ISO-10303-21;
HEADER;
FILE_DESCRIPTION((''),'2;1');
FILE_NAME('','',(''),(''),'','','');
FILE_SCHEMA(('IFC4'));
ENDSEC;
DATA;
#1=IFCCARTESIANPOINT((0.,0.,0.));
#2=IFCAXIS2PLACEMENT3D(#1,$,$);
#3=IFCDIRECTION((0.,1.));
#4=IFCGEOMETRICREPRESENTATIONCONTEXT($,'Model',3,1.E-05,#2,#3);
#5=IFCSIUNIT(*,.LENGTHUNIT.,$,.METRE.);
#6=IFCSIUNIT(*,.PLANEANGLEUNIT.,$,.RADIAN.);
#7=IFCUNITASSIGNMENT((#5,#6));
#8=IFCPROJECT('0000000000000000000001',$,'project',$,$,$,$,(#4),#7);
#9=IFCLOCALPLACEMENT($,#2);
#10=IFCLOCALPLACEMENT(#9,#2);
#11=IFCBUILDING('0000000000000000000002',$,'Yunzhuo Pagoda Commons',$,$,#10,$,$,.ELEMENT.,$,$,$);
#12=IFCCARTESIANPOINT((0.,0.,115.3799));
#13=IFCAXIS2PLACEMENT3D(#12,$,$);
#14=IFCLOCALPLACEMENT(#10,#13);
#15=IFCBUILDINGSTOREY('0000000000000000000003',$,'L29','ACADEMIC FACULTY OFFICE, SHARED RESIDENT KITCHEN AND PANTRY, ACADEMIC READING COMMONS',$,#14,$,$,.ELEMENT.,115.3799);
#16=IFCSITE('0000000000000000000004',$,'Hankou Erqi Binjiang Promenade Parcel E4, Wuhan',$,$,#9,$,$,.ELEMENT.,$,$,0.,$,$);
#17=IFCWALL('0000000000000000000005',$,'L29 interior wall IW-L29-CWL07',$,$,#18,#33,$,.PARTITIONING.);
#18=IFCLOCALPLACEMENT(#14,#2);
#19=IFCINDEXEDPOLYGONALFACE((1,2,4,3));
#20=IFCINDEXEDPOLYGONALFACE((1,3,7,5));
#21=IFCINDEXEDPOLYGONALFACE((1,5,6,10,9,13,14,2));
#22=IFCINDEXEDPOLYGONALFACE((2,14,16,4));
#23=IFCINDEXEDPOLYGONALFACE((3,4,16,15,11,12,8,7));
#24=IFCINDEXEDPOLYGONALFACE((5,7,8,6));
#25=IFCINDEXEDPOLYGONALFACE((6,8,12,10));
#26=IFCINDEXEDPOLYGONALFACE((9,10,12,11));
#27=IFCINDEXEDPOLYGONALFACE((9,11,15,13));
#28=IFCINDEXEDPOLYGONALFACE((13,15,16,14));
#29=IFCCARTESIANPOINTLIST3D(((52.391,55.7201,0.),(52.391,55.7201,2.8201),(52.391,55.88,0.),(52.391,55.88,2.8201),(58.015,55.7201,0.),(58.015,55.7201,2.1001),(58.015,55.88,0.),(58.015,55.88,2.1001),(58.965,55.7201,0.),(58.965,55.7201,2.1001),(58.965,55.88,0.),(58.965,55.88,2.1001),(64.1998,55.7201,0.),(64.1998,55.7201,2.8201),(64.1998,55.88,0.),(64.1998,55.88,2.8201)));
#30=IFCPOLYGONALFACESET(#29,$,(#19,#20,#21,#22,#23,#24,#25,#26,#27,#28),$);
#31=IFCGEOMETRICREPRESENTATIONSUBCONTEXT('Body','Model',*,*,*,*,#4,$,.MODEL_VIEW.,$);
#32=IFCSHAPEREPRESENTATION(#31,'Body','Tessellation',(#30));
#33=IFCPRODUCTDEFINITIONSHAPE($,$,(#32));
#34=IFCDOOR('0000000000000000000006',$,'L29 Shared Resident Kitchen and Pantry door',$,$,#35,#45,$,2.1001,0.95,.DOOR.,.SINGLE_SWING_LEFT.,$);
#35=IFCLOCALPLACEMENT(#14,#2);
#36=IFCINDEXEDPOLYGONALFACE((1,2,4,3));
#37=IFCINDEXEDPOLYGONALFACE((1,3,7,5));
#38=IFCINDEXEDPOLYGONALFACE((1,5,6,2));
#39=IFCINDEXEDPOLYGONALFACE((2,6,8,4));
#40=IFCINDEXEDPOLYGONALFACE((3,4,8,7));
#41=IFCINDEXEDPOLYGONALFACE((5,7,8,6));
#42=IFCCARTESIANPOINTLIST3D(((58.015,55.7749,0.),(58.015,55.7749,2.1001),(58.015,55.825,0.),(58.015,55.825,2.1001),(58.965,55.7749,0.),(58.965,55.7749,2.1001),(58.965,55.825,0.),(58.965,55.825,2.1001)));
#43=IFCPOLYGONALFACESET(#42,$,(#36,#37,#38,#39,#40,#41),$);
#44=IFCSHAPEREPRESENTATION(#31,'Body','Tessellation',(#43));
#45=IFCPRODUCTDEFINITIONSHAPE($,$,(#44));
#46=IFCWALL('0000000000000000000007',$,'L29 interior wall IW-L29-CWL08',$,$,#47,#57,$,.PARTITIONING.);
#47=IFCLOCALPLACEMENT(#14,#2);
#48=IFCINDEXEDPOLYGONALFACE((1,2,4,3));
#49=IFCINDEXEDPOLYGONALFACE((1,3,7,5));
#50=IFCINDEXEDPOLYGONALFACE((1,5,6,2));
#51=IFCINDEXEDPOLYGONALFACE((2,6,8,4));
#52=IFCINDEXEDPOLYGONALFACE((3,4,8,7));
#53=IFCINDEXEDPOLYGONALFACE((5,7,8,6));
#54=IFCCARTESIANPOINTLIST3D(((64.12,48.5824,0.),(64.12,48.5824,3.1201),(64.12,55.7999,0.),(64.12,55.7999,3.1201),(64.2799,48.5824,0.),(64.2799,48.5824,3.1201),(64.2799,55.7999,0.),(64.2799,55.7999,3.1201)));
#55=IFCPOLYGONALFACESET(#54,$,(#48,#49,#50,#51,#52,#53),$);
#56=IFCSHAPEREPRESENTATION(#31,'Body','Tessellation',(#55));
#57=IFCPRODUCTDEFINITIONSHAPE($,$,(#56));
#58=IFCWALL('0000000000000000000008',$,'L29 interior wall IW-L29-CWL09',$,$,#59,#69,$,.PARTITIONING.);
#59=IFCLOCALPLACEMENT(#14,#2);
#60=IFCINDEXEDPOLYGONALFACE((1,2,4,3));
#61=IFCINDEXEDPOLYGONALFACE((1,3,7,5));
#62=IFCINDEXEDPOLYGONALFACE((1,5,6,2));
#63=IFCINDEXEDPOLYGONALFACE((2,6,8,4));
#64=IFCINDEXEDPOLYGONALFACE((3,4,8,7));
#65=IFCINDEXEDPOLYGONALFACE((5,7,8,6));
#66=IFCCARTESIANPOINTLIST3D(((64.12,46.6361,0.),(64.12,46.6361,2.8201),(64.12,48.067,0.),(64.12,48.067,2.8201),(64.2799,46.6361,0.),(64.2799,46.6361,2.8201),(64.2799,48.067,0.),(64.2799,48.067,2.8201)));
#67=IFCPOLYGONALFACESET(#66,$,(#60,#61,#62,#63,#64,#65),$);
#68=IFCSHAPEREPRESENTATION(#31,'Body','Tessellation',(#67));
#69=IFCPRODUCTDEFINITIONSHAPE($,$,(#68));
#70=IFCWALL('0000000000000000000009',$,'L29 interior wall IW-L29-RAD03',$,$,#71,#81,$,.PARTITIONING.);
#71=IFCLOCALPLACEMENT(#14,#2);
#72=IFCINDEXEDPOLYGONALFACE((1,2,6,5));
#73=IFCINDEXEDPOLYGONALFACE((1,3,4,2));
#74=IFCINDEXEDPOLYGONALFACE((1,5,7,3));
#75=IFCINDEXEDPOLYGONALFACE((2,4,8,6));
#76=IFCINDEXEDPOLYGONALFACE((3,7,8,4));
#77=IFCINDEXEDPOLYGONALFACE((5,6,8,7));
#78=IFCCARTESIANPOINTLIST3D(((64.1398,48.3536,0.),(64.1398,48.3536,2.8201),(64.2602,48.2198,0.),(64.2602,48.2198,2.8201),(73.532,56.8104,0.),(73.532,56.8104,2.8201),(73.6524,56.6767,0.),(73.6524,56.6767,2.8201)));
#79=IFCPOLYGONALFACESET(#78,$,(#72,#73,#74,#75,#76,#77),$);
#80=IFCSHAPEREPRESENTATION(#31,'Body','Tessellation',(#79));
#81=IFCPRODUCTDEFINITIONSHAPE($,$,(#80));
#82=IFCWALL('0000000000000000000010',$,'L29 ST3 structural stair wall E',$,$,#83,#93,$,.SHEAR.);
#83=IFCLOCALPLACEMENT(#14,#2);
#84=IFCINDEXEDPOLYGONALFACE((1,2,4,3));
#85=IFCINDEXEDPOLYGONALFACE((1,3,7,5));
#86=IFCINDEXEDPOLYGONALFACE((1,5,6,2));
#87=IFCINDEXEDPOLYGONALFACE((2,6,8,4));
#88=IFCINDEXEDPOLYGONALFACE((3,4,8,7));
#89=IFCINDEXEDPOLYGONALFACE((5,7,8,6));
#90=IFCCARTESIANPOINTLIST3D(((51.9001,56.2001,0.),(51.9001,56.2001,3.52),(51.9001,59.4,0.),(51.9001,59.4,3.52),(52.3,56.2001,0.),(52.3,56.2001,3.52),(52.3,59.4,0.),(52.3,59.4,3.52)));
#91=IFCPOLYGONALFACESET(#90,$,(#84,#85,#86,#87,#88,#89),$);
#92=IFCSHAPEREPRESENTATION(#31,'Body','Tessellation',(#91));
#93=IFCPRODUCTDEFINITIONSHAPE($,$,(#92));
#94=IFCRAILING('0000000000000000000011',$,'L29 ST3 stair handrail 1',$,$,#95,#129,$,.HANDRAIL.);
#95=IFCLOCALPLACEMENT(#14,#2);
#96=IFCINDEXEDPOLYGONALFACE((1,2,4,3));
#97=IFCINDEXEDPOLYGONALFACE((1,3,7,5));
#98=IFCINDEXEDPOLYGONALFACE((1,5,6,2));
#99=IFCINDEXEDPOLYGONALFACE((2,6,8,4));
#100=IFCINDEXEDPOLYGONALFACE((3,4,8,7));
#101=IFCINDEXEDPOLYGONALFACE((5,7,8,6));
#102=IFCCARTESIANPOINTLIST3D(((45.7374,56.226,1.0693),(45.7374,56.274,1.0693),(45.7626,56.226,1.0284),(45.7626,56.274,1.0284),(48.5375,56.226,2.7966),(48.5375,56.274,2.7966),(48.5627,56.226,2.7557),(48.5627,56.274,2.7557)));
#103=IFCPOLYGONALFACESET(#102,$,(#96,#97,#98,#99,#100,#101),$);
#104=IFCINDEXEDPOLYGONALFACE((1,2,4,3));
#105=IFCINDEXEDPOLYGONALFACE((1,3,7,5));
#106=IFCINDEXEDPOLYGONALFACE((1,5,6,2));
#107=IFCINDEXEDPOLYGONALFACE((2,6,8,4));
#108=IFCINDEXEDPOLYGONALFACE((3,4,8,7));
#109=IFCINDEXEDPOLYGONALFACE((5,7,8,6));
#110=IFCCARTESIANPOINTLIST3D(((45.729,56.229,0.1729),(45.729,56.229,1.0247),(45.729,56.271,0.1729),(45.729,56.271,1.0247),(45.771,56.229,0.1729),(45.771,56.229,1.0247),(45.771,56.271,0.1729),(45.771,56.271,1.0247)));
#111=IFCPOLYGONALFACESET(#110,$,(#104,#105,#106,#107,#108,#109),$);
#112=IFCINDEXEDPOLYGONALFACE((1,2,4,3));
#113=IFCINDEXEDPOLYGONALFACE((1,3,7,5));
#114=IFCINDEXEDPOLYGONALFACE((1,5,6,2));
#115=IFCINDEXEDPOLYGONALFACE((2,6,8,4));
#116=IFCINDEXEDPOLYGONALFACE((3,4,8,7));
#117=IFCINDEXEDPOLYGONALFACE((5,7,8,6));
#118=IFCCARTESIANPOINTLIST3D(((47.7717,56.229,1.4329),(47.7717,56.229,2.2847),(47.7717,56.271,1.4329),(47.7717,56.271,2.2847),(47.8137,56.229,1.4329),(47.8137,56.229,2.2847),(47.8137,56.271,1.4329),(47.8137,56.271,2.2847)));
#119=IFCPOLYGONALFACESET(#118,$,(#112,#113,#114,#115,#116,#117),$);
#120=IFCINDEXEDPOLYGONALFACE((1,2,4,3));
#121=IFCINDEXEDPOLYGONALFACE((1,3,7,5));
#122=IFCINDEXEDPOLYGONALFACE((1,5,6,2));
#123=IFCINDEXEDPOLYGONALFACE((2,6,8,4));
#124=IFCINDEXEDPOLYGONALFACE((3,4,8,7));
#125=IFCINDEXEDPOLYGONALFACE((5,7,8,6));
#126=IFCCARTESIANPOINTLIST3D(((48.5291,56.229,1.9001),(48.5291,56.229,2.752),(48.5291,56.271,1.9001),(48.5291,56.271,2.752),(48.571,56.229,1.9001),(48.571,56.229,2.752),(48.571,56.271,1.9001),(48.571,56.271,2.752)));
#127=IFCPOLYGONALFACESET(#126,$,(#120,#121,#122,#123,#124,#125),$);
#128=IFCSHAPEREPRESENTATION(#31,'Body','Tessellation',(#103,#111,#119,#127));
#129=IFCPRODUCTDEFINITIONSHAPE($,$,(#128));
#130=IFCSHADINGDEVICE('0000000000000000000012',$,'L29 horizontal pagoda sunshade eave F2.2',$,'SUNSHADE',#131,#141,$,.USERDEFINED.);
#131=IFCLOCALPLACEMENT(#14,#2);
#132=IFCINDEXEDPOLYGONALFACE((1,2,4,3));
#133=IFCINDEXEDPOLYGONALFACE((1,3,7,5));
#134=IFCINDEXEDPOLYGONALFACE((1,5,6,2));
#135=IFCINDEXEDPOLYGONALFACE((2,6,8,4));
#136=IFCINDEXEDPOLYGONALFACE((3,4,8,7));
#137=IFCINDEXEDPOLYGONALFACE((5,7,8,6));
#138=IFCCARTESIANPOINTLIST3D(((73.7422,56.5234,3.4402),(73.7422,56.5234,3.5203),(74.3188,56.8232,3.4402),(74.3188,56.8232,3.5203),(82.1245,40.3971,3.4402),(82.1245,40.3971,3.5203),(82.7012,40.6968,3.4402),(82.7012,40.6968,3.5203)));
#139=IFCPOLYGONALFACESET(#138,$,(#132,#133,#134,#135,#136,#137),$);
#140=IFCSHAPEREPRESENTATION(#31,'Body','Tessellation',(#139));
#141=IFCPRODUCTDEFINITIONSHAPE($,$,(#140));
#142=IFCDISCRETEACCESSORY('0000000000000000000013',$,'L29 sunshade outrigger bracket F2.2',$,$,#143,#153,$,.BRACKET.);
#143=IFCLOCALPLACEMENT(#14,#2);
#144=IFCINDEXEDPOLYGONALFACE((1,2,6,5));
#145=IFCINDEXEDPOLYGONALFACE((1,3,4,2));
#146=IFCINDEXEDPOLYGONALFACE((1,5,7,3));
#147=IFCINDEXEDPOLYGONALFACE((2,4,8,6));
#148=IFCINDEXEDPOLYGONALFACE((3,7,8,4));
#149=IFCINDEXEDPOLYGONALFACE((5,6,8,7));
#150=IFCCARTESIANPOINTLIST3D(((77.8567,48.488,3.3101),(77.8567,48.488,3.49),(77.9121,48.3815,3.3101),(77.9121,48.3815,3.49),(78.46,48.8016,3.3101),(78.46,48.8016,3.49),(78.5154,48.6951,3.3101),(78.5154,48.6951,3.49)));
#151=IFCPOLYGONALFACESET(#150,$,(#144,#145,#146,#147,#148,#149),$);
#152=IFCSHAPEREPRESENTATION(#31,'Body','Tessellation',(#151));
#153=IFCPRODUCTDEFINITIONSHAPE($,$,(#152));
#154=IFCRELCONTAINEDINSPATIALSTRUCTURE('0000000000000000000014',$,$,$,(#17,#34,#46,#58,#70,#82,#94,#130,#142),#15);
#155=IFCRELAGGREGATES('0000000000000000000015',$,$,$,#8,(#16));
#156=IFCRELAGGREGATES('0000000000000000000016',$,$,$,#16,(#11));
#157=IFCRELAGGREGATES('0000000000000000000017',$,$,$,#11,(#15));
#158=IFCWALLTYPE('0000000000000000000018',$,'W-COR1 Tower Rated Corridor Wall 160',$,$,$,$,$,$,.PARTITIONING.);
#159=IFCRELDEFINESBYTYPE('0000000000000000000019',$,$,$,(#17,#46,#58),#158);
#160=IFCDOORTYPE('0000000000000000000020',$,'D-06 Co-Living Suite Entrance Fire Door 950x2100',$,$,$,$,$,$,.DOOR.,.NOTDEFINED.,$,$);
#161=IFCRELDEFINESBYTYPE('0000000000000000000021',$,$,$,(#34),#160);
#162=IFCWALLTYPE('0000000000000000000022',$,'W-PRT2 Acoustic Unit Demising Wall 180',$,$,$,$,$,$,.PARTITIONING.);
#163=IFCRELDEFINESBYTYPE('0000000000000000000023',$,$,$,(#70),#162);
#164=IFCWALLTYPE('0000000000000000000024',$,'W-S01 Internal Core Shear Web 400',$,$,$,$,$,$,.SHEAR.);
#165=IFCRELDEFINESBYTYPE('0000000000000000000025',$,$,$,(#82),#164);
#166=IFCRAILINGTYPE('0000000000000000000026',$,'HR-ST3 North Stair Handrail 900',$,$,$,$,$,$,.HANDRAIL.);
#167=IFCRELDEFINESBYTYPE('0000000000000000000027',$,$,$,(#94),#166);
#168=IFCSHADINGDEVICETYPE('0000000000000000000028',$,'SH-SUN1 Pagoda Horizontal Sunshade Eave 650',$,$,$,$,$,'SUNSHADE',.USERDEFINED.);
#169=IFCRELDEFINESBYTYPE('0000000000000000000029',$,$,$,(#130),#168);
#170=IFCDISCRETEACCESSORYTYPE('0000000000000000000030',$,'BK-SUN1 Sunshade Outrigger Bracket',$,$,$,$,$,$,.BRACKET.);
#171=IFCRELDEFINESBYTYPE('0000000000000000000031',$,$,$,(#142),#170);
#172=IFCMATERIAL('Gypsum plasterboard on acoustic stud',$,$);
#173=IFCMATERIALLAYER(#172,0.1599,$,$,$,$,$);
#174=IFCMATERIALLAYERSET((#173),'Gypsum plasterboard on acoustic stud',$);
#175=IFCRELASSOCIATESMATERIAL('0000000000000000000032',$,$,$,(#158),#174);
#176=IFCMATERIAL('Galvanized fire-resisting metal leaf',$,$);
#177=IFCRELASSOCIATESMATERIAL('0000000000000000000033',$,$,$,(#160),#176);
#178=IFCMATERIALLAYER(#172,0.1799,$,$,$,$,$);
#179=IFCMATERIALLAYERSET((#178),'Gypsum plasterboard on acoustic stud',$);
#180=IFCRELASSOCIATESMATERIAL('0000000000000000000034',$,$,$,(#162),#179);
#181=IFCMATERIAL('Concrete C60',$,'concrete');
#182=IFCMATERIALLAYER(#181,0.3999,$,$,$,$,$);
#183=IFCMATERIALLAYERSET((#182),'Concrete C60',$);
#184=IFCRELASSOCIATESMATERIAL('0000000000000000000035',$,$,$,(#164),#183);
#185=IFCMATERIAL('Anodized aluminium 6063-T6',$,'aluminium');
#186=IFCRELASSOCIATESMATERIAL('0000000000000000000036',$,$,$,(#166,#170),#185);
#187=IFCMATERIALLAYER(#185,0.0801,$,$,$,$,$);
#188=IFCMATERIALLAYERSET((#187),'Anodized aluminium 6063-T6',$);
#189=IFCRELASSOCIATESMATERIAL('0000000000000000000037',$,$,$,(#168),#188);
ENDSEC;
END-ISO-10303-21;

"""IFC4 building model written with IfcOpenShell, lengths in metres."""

from ifc_helpers import new_model, si_unit, direction, frame, frame_2d, origin, origin_with_axes, origin_2d, place, context, subcontext, project, spatial, rectangle, extrude, source, transform, mapped, material, layer, layer_set, type_object, element, fill, save


model = new_model("IFC4")

# Units and contexts
model_context = context("Model", 3, precision=1e-05, world=origin(), true_north=direction((0.0, 1.0)))
body_context = subcontext(model_context, "Body", "Model", "MODEL_VIEW")
ifc_project = project(units=[si_unit("LENGTHUNIT", "METRE"), si_unit("PLANEANGLEUNIT", "RADIAN")], contexts=[model_context])

# Site, building, storey
site_placement = place(None, origin())
site = spatial("IfcSite", under=ifc_project, at=site_placement, Name="Hankou Erqi Binjiang Promenade Parcel E4, Wuhan", CompositionType="ELEMENT", RefElevation=0.0)
building_placement = place(site_placement, origin())
building = spatial("IfcBuilding", under=site, at=building_placement, Name="Yunzhuo Pagoda Commons", CompositionType="ELEMENT")
storey_placement = place(building_placement, frame((0.0, 0.0, 115.3799)))
storey = spatial("IfcBuildingStorey", under=building, at=storey_placement, Name="L29", Description="ACADEMIC FACULTY OFFICE, SHARED RESIDENT KITCHEN AND PANTRY, ACADEMIC READING COMMONS", CompositionType="ELEMENT", Elevation=115.3799)

# Shared definitions
ifc_material_1 = material(Name="Anodized aluminium 6063-T6", Category="aluminium")

# Shared definitions
ifc_material_2 = material(Name="Gypsum plasterboard on acoustic stud")
ifc_layer_1 = layer(ifc_material_2, 0.1599)
ifc_layer_set_1 = layer_set([ifc_layer_1], Name="Gypsum plasterboard on acoustic stud")
wall_type_1 = type_object("IfcWallType", Name="W-COR1 Tower Rated Corridor Wall 160", PredefinedType="PARTITIONING", material=ifc_layer_set_1)

# Wall, opening, door
wall_1_placement = place(storey_placement, frame((52.3911, 55.8, 0.0), z_axis=(0.0, 0.0, 1.0), x_axis=(1.0, 0.0, 0.0)))
wall_1 = element("IfcWall", 1, at=wall_1_placement, inside=storey, type_object=wall_type_1, Name="L29 interior wall IW-L29-CWL07", PredefinedType="PARTITIONING", context=body_context, shape_type="SweptSolid", body=[
    extrude(rectangle(XDim=11.8088, YDim=0.1599, at=frame_2d((5.9043, 0.0))), origin(), (0.0, 0.0, 1.0), 2.8201),
])
opening_placement = place(wall_1_placement, frame((5.6238, 0.0, 0.0)))
opening = element("IfcOpeningElement", 2, at=opening_placement, cuts=wall_1, PredefinedType="OPENING", context=body_context, shape_type="SweptSolid", body=[
    extrude(rectangle(XDim=0.95, YDim=2.1001, at=frame_2d((0.4751, 1.05))), frame((0.0, 0.0898, 0.0), z_axis=(0.0, -1.0, 0.0), x_axis=(1.0, 0.0, 0.0)), (0.0, 0.0, 1.0), 0.1799),
])
ifc_material_3 = material(Name="Galvanized fire-resisting metal leaf")
door_type = type_object("IfcDoorType", Name="D-06 Co-Living Suite Entrance Fire Door 950x2100", OperationType="NOTDEFINED", PredefinedType="DOOR", material=ifc_material_3)
shared_shape_1 = source(origin(), body_context, "Body", "SweptSolid", [
    extrude(rectangle(XDim=0.95, YDim=2.1001, at=frame_2d((0.4751, 1.05))), frame((0.0, 0.0249, 0.0), z_axis=(0.0, -1.0, 0.0), x_axis=(1.0, 0.0, 0.0)), (0.0, 0.0, 1.0), 0.05),
])
door_placement = place(opening_placement, origin_with_axes())
door = element("IfcDoor", 3, at=door_placement, inside=storey, type_object=door_type, Name="L29 Shared Resident Kitchen and Pantry door", OperationType="SINGLE_SWING_LEFT", OverallHeight=2.1001, OverallWidth=0.95, PredefinedType="DOOR", context=body_context, shape_type="MappedRepresentation", body=[
    mapped(shared_shape_1, transform((0.0, 0.0, 0.0), scale=1.0)),
])
fill(opening, door)

# Walls
wall_2_placement = place(storey_placement, frame((64.2, 55.8, 0.0), z_axis=(0.0, 0.0, 1.0), x_axis=(0.0, -1.0, 0.0)))
element("IfcWall", 4, at=wall_2_placement, inside=storey, type_object=wall_type_1, Name="L29 interior wall IW-L29-CWL08", PredefinedType="PARTITIONING", context=body_context, shape_type="SweptSolid", body=[
    extrude(rectangle(XDim=7.2175, YDim=0.1599, at=frame_2d((3.6089, 0.0))), origin(), (0.0, 0.0, 1.0), 3.1201),
])
wall_3_placement = place(storey_placement, frame((64.2, 48.0669, 0.0), z_axis=(0.0, 0.0, 1.0), x_axis=(0.0, -1.0, 0.0)))
element("IfcWall", 5, at=wall_3_placement, inside=storey, type_object=wall_type_1, Name="L29 interior wall IW-L29-CWL09", PredefinedType="PARTITIONING", context=body_context, shape_type="SweptSolid", body=[
    extrude(rectangle(XDim=1.4309, YDim=0.1599, at=frame_2d((0.7153, 0.0))), origin(), (0.0, 0.0, 1.0), 2.8201),
])
ifc_layer_2 = layer(ifc_material_2, 0.1799)
ifc_layer_set_2 = layer_set([ifc_layer_2], Name="Gypsum plasterboard on acoustic stud")
wall_type_2 = type_object("IfcWallType", Name="W-PRT2 Acoustic Unit Demising Wall 180", PredefinedType="PARTITIONING", material=ifc_layer_set_2)
wall_4_placement = place(storey_placement, frame((64.2, 48.2866, 0.0), z_axis=(0.0, 0.0, 1.0), x_axis=(0.74314, 0.669135, 0.0)))
element("IfcWall", 6, at=wall_4_placement, inside=storey, type_object=wall_type_2, Name="L29 interior wall IW-L29-RAD03", PredefinedType="PARTITIONING", context=body_context, shape_type="SweptSolid", body=[
    extrude(rectangle(XDim=12.6384, YDim=0.1799, at=frame_2d((6.3193, 0.0))), origin(), (0.0, 0.0, 1.0), 2.8201),
])
ifc_material_4 = material(Name="Concrete C60", Category="concrete")
ifc_layer_3 = layer(ifc_material_4, 0.3999)
ifc_layer_set_3 = layer_set([ifc_layer_3], Name="Concrete C60")
wall_type_3 = type_object("IfcWallType", Name="W-S01 Internal Core Shear Web 400", PredefinedType="SHEAR", material=ifc_layer_set_3)
wall_5_placement = place(storey_placement, frame((52.1001, 56.2, 0.0), z_axis=(0.0, 0.0, 1.0), x_axis=(0.0, 1.0, 0.0)))
element("IfcWall", 7, at=wall_5_placement, inside=storey, type_object=wall_type_3, Name="L29 ST3 structural stair wall E", PredefinedType="SHEAR", context=body_context, shape_type="SweptSolid", body=[
    extrude(rectangle(XDim=3.2, YDim=0.3999, at=frame_2d((1.6001, 0.0))), origin(), (0.0, 0.0, 1.0), 3.52),
])

# Railing
railing_type = type_object("IfcRailingType", Name="HR-ST3 North Stair Handrail 900", PredefinedType="HANDRAIL", material=ifc_material_1)
railing_placement = place(storey_placement, frame((45.75, 56.25, 0.1729)))
element("IfcRailing", 8, at=railing_placement, inside=storey, type_object=railing_type, Name="L29 ST3 stair handrail 1", PredefinedType="HANDRAIL", context=body_context, shape_type="SweptSolid", body=[
    extrude(rectangle(XDim=0.0481, YDim=0.0481, at=origin_2d()), frame((0.0, 0.0, 0.876), z_axis=(0.85109, 0.0, 0.52502), x_axis=(0.0, 1.0, 0.0)), (0.0, 0.0, 1.0), 3.29),
    extrude(rectangle(XDim=0.042, YDim=0.042, at=origin_2d()), origin(), (0.0, 0.0, 1.0), 0.8518),
    extrude(rectangle(XDim=0.042, YDim=0.042, at=origin_2d()), frame((2.0427, 0.0, 1.26)), (0.0, 0.0, 1.0), 0.8518),
    extrude(rectangle(XDim=0.042, YDim=0.042, at=origin_2d()), frame((2.8, 0.0, 1.7273)), (0.0, 0.0, 1.0), 0.8518),
])

# Shading device
ifc_layer_4 = layer(ifc_material_1, 0.0801)
ifc_layer_set_4 = layer_set([ifc_layer_4], Name="Anodized aluminium 6063-T6")
shading_device_type = type_object("IfcShadingDeviceType", Name="SH-SUN1 Pagoda Horizontal Sunshade Eave 650", ElementType="SUNSHADE", PredefinedType="USERDEFINED", material=ifc_layer_set_4)
shared_shape_2 = source(origin(), body_context, "Body", "SweptSolid", [
    extrude(rectangle(XDim=18.1748, YDim=0.6499, at=origin_2d()), origin(), (0.0, 0.0, 1.0), 0.0801),
])
shading_device_placement = place(storey_placement, frame((78.2217, 48.6101, 3.4402), z_axis=(0.0, 0.0, 1.0), x_axis=(-0.461207, 0.887293, 0.0)))
element("IfcShadingDevice", 9, at=shading_device_placement, inside=storey, type_object=shading_device_type, Name="L29 horizontal pagoda sunshade eave F2.2", ObjectType="SUNSHADE", PredefinedType="USERDEFINED", context=body_context, shape_type="MappedRepresentation", body=[
    mapped(shared_shape_2, transform((0.0, 0.0, 0.0), scale=1.0)),
])

# Discrete accessory
discrete_accessory_type = type_object("IfcDiscreteAccessoryType", Name="BK-SUN1 Sunshade Outrigger Bracket", PredefinedType="BRACKET", material=ifc_material_1)
shared_shape_3 = source(origin(), body_context, "Body", "SweptSolid", [
    extrude(rectangle(XDim=0.1201, YDim=0.6799, at=origin_2d()), origin(), (0.0, 0.0, 1.0), 0.1799),
])
discrete_accessory_placement = place(storey_placement, frame((78.186, 48.5916, 3.3101), z_axis=(0.0, 0.0, 1.0), x_axis=(-0.461207, 0.887293, 0.0)))
element("IfcDiscreteAccessory", 10, at=discrete_accessory_placement, inside=storey, type_object=discrete_accessory_type, Name="L29 sunshade outrigger bracket F2.2", PredefinedType="BRACKET", context=body_context, shape_type="MappedRepresentation", body=[
    mapped(shared_shape_3, transform((0.0, 0.0, 0.0), scale=1.0)),
])

save(model, "model.ifc")
